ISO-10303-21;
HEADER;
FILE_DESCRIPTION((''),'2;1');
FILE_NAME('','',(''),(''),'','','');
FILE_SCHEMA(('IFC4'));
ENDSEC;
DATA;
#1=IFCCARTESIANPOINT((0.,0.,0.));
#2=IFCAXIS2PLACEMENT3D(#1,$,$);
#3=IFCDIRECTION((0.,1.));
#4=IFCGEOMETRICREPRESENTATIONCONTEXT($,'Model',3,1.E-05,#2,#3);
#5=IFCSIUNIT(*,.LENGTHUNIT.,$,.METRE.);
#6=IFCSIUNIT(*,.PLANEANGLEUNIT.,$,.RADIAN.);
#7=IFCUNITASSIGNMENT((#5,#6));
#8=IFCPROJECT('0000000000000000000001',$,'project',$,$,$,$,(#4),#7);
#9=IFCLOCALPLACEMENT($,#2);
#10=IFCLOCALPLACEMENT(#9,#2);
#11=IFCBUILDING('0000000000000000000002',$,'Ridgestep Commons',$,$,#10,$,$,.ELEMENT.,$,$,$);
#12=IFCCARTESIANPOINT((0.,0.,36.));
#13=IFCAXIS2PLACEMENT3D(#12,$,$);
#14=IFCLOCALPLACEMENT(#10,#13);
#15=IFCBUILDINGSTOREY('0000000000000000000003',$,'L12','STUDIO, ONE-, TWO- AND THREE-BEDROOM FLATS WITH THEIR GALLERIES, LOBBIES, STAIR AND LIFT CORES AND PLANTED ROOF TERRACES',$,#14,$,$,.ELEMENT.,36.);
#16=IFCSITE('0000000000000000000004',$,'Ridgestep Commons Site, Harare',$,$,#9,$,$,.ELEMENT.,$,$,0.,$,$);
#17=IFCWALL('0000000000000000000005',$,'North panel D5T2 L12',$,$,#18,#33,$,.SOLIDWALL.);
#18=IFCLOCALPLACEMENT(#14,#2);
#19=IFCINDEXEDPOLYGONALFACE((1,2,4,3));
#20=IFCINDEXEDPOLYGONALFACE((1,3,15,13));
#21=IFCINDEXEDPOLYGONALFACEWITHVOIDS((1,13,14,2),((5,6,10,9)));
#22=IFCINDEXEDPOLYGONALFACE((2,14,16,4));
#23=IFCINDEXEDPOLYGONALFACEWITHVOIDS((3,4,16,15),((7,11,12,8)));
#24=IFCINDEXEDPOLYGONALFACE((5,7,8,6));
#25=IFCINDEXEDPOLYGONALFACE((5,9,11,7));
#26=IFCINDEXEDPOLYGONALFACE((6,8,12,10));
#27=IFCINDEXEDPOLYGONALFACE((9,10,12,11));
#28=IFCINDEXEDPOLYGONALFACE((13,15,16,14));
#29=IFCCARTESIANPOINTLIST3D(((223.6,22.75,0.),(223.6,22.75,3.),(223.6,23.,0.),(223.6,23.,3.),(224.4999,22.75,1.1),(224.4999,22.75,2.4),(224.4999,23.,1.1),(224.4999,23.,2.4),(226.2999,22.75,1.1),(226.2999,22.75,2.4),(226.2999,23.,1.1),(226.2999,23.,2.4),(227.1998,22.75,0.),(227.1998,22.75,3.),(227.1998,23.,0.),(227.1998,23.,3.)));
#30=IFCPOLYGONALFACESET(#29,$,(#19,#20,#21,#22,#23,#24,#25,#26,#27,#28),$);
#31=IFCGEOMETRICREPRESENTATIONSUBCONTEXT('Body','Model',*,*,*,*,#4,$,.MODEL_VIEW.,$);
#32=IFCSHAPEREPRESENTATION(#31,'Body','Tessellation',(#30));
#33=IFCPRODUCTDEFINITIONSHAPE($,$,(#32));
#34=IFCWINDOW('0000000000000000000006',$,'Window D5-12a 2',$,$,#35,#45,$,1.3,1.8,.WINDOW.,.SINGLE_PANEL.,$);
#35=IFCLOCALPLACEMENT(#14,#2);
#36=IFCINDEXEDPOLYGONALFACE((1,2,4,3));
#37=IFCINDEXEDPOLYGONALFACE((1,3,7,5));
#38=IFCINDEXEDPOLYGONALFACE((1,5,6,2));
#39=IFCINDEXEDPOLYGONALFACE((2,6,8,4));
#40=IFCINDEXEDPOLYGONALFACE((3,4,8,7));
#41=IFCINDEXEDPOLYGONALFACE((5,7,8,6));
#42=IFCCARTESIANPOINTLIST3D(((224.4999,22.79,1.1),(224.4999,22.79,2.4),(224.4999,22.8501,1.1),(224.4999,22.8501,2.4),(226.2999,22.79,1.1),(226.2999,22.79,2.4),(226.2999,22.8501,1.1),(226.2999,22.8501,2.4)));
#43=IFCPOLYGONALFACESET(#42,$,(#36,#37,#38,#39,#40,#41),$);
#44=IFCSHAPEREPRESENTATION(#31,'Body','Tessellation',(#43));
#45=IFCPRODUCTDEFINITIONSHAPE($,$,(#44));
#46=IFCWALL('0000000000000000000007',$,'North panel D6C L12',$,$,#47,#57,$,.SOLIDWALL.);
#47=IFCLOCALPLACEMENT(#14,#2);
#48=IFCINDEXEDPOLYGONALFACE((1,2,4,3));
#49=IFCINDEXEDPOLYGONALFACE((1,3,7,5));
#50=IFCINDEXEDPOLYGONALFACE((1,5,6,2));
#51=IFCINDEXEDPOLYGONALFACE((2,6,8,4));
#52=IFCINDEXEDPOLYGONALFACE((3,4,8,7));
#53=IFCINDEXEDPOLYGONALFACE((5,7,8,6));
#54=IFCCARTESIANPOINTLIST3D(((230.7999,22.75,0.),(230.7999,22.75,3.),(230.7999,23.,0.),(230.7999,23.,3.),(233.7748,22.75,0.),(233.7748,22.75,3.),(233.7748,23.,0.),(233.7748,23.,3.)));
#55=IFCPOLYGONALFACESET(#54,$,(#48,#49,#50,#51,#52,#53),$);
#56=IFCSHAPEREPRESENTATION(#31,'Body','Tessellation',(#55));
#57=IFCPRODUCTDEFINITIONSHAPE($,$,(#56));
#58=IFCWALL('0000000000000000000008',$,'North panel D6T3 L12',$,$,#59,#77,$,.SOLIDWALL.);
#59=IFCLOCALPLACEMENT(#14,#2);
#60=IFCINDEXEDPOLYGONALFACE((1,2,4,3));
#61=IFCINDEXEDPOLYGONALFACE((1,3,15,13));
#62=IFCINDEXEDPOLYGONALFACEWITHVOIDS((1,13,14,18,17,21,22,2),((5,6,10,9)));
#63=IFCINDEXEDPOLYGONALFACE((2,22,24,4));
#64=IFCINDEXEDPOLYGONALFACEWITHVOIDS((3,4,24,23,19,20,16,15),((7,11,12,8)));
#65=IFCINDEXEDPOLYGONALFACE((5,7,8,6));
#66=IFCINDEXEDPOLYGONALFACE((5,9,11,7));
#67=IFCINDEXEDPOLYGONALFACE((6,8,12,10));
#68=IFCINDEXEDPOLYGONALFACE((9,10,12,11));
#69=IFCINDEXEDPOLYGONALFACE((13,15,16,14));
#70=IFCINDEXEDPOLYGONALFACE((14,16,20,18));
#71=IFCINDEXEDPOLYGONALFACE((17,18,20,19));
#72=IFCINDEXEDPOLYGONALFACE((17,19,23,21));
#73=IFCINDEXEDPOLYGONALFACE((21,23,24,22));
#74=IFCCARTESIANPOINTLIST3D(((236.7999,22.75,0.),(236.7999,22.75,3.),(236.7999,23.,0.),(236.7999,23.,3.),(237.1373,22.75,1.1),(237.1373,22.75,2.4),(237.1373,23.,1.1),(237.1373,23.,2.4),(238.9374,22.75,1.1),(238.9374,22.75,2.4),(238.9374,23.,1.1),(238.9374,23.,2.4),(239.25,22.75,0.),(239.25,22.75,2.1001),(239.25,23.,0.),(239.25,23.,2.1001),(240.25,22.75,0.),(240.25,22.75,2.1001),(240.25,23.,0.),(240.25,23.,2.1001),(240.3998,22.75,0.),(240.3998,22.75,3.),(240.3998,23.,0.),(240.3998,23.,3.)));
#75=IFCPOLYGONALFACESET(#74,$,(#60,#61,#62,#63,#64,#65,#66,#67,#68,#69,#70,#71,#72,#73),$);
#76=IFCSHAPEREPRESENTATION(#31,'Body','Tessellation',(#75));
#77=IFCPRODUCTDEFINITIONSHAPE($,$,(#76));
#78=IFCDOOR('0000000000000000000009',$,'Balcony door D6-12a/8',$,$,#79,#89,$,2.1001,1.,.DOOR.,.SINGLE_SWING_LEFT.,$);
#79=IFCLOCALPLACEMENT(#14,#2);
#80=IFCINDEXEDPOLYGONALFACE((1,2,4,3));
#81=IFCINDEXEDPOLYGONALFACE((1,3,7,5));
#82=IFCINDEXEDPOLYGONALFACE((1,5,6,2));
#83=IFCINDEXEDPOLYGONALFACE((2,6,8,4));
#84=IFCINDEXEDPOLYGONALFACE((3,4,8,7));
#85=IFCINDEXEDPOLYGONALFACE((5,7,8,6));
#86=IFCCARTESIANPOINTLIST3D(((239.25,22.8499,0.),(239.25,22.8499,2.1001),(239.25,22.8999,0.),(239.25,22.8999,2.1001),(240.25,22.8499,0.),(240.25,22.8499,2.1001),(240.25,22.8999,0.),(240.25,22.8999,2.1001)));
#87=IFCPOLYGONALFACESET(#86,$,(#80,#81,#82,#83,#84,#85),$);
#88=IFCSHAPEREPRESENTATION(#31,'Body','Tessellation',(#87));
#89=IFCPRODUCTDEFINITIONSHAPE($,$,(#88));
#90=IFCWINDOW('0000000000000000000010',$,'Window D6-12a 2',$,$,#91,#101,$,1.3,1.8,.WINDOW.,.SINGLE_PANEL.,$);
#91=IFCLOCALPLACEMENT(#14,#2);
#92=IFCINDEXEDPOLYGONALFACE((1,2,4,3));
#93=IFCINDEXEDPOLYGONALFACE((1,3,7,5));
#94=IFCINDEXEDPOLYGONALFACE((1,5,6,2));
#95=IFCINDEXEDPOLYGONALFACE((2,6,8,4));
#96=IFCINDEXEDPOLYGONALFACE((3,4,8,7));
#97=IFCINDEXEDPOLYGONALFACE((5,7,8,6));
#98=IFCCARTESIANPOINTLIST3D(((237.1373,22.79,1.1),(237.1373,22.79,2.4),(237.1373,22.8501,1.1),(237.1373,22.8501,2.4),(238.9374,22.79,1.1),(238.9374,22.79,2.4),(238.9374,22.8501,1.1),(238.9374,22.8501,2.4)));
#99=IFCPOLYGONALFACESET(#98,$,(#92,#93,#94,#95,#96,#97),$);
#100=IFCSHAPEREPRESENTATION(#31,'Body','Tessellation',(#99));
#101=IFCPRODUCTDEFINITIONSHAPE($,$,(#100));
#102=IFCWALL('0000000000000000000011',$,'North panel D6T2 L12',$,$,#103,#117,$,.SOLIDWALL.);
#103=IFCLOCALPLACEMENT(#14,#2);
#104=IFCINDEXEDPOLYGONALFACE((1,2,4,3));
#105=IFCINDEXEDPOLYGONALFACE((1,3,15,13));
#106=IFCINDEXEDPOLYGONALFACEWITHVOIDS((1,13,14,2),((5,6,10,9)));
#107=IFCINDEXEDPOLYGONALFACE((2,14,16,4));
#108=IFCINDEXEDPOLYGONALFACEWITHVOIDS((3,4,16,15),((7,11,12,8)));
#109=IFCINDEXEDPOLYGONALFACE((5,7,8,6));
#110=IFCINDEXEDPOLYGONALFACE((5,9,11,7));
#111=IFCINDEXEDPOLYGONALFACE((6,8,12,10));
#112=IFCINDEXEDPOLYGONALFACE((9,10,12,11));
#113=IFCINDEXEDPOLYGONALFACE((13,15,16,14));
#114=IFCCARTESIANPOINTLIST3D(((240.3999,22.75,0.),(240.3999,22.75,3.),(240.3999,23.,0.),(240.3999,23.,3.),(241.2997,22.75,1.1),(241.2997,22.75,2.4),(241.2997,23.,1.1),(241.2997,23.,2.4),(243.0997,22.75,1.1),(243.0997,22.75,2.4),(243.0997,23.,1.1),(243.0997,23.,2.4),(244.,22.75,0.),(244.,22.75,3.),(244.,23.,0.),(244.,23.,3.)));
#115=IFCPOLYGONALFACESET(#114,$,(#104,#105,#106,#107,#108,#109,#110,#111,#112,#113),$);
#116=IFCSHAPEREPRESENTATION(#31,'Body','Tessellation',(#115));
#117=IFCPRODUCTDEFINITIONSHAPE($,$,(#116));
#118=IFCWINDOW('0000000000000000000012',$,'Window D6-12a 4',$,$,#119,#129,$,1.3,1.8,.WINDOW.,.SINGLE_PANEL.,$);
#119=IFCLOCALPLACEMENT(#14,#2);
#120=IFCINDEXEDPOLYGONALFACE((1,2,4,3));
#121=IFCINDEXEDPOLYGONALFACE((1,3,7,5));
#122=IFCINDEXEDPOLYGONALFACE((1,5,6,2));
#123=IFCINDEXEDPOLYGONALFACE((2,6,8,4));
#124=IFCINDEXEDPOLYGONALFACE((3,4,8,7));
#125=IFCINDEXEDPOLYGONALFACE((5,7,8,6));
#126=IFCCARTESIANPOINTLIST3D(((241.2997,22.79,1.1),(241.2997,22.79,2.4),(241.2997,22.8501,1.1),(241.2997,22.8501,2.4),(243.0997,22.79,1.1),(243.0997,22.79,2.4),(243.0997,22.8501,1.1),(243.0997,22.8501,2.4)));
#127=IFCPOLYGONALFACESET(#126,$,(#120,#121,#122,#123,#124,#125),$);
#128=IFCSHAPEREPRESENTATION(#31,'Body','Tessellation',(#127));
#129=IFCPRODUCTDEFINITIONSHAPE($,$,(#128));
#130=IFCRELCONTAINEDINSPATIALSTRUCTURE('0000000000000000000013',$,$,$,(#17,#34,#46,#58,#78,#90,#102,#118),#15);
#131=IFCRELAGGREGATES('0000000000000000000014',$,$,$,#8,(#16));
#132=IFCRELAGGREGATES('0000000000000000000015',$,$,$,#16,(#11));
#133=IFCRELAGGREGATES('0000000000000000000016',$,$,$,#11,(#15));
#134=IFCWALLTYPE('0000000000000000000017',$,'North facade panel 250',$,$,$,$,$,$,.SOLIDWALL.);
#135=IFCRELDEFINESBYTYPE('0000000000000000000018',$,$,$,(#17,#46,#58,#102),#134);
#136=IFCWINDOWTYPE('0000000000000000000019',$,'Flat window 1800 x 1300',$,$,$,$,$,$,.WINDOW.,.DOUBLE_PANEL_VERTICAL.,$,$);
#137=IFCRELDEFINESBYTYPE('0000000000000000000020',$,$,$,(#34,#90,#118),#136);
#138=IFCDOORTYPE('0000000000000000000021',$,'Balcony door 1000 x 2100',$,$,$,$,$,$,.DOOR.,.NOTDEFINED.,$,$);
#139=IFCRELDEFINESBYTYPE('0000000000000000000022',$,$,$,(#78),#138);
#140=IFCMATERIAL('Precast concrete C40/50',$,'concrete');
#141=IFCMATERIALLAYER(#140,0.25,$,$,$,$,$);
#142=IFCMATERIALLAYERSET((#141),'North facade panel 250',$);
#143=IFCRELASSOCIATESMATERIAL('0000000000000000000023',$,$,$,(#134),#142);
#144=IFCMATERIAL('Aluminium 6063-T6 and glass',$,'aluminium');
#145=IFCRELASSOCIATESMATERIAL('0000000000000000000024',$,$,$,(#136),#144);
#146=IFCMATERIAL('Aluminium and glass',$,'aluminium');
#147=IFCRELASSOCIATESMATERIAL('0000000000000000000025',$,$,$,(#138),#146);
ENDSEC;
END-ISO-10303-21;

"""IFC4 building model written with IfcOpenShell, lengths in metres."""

from ifc_helpers import new_model, si_unit, direction, frame, frame_2d, origin, place, context, subcontext, project, spatial, rectangle, extrude, material, layer, layer_set, type_object, element, fill, save


model = new_model("IFC4")

# Units and contexts
model_context = context("Model", 3, precision=1e-05, world=origin(), true_north=direction((0.0, 1.0)))
body_context = subcontext(model_context, "Body", "Model", "MODEL_VIEW")
ifc_project = project(units=[si_unit("LENGTHUNIT", "METRE"), si_unit("PLANEANGLEUNIT", "RADIAN")], contexts=[model_context])

# Site, building, storey
site_placement = place(None, origin())
site = spatial("IfcSite", under=ifc_project, at=site_placement, Name="Ridgestep Commons Site, Harare", CompositionType="ELEMENT", RefElevation=0.0)
building_placement = place(site_placement, origin())
building = spatial("IfcBuilding", under=site, at=building_placement, Name="Ridgestep Commons", CompositionType="ELEMENT")
storey_placement = place(building_placement, frame((0.0, 0.0, 36.0)))
storey = spatial("IfcBuildingStorey", under=building, at=storey_placement, Name="L12", Description="STUDIO, ONE-, TWO- AND THREE-BEDROOM FLATS WITH THEIR GALLERIES, LOBBIES, STAIR AND LIFT CORES AND PLANTED ROOF TERRACES", CompositionType="ELEMENT", Elevation=36.0)

# Shared definitions
ifc_material_1 = material(Name="Precast concrete C40/50", Category="concrete")
ifc_layer_1 = layer(ifc_material_1, 0.25)
ifc_layer_set_1 = layer_set([ifc_layer_1], Name="North facade panel 250")
wall_type_1 = type_object("IfcWallType", Name="North facade panel 250", PredefinedType="SOLIDWALL", material=ifc_layer_set_1)
ifc_material_2 = material(Name="Aluminium 6063-T6 and glass", Category="aluminium")
window_type_1 = type_object("IfcWindowType", Name="Flat window 1800 x 1300", PartitioningType="DOUBLE_PANEL_VERTICAL", PredefinedType="WINDOW", material=ifc_material_2)

# Shared definitions
ifc_material_3 = material(Name="Aluminium and glass", Category="aluminium")
door_type = type_object("IfcDoorType", Name="Balcony door 1000 x 2100", OperationType="NOTDEFINED", PredefinedType="DOOR", material=ifc_material_3)

# Wall, opening, window
wall_1_placement = place(storey_placement, frame((223.6001, 22.875, 0.0), z_axis=(0.0, 0.0, 1.0), x_axis=(1.0, 0.0, 0.0)))
wall_1 = element("IfcWall", 1, at=wall_1_placement, inside=storey, type_object=wall_type_1, Name="North panel D5T2 L12", PredefinedType="SOLIDWALL", context=body_context, shape_type="SweptSolid", body=[
    extrude(rectangle(XDim=3.5999, YDim=0.25, at=frame_2d((1.7998, 0.0))), origin(), (0.0, 0.0, 1.0), 3.0),
])
opening_1_placement = place(wall_1_placement, frame((0.8999, 0.0, 1.1001)))
opening_1 = element("IfcOpeningElement", 2, at=opening_1_placement, cuts=wall_1, PredefinedType="OPENING", context=body_context, shape_type="SweptSolid", body=[
    extrude(rectangle(XDim=1.8, YDim=1.3, at=frame_2d((0.8999, 0.6499))), frame((0.0, 0.135, 0.0), z_axis=(0.0, -1.0, 0.0), x_axis=(1.0, 0.0, 0.0)), (0.0, 0.0, 1.0), 0.27),
])
window_1_placement = place(opening_1_placement, origin())
window_1 = element("IfcWindow", 3, at=window_1_placement, inside=storey, type_object=window_type_1, Name="Window D5-12a 2", OverallHeight=1.3, OverallWidth=1.8, PartitioningType="SINGLE_PANEL", PredefinedType="WINDOW", context=body_context, shape_type="SweptSolid", body=[
    extrude(rectangle(XDim=1.8, YDim=1.3, at=frame_2d((0.8999, 0.6499))), frame((0.0, -0.0249, 0.0), z_axis=(0.0, -1.0, 0.0), x_axis=(1.0, 0.0, 0.0)), (0.0, 0.0, 1.0), 0.0601),
])
fill(opening_1, window_1)

# Wall
wall_2_placement = place(storey_placement, frame((230.8, 22.875, 0.0), z_axis=(0.0, 0.0, 1.0), x_axis=(1.0, 0.0, 0.0)))
element("IfcWall", 4, at=wall_2_placement, inside=storey, type_object=wall_type_1, Name="North panel D6C L12", PredefinedType="SOLIDWALL", context=body_context, shape_type="SweptSolid", body=[
    extrude(rectangle(XDim=2.9749, YDim=0.25, at=frame_2d((1.4873, 0.0))), origin(), (0.0, 0.0, 1.0), 3.0),
])

# Wall, openings, door, window
wall_3_placement = place(storey_placement, frame((236.8, 22.875, 0.0), z_axis=(0.0, 0.0, 1.0), x_axis=(1.0, 0.0, 0.0)))
wall_3 = element("IfcWall", 5, at=wall_3_placement, inside=storey, type_object=wall_type_1, Name="North panel D6T3 L12", PredefinedType="SOLIDWALL", context=body_context, shape_type="SweptSolid", body=[
    extrude(rectangle(XDim=3.5999, YDim=0.25, at=frame_2d((1.7998, 0.0))), origin(), (0.0, 0.0, 1.0), 3.0),
])
opening_2_placement = place(wall_3_placement, frame((0.3374, 0.0, 1.1001)))
opening_2 = element("IfcOpeningElement", 6, at=opening_2_placement, cuts=wall_3, PredefinedType="OPENING", context=body_context, shape_type="SweptSolid", body=[
    extrude(rectangle(XDim=1.8, YDim=1.3, at=frame_2d((0.8999, 0.6499))), frame((0.0, 0.135, 0.0), z_axis=(0.0, -1.0, 0.0), x_axis=(1.0, 0.0, 0.0)), (0.0, 0.0, 1.0), 0.27),
])
opening_3_placement = place(wall_3_placement, frame((2.45, 0.0, 0.0)))
opening_3 = element("IfcOpeningElement", 7, at=opening_3_placement, cuts=wall_3, PredefinedType="OPENING", context=body_context, shape_type="SweptSolid", body=[
    extrude(rectangle(XDim=1.0, YDim=2.1001, at=frame_2d((0.5, 1.05))), frame((0.0, 0.135, 0.0), z_axis=(0.0, -1.0, 0.0), x_axis=(1.0, 0.0, 0.0)), (0.0, 0.0, 1.0), 0.27),
])
door_1_placement = place(opening_3_placement, origin())
door_1 = element("IfcDoor", 8, at=door_1_placement, inside=storey, type_object=door_type, Name="Balcony door D6-12a/8", OperationType="SINGLE_SWING_LEFT", OverallHeight=2.1001, OverallWidth=1.0, PredefinedType="DOOR", context=body_context, shape_type="SweptSolid", body=[
    extrude(rectangle(XDim=1.0, YDim=2.1001, at=frame_2d((0.5, 1.05))), frame((0.0, 0.0249, 0.0), z_axis=(0.0, -1.0, 0.0), x_axis=(1.0, 0.0, 0.0)), (0.0, 0.0, 1.0), 0.05),
])
fill(opening_3, door_1)
window_2_placement = place(opening_2_placement, origin())
window_2 = element("IfcWindow", 9, at=window_2_placement, inside=storey, type_object=window_type_1, Name="Window D6-12a 2", OverallHeight=1.3, OverallWidth=1.8, PartitioningType="SINGLE_PANEL", PredefinedType="WINDOW", context=body_context, shape_type="SweptSolid", body=[
    extrude(rectangle(XDim=1.8, YDim=1.3, at=frame_2d((0.8999, 0.6499))), frame((0.0, -0.0249, 0.0), z_axis=(0.0, -1.0, 0.0), x_axis=(1.0, 0.0, 0.0)), (0.0, 0.0, 1.0), 0.0601),
])
fill(opening_2, window_2)

# Wall, opening, window
wall_4_placement = place(storey_placement, frame((240.3999, 22.875, 0.0), z_axis=(0.0, 0.0, 1.0), x_axis=(1.0, 0.0, 0.0)))
wall_4 = element("IfcWall", 10, at=wall_4_placement, inside=storey, type_object=wall_type_1, Name="North panel D6T2 L12", PredefinedType="SOLIDWALL", context=body_context, shape_type="SweptSolid", body=[
    extrude(rectangle(XDim=3.6001, YDim=0.25, at=frame_2d((1.8, 0.0))), origin(), (0.0, 0.0, 1.0), 3.0),
])
opening_4_placement = place(wall_4_placement, frame((0.8999, 0.0, 1.1001)))
opening_4 = element("IfcOpeningElement", 11, at=opening_4_placement, cuts=wall_4, PredefinedType="OPENING", context=body_context, shape_type="SweptSolid", body=[
    extrude(rectangle(XDim=1.8, YDim=1.3, at=frame_2d((0.8999, 0.6499))), frame((0.0, 0.135, 0.0), z_axis=(0.0, -1.0, 0.0), x_axis=(1.0, 0.0, 0.0)), (0.0, 0.0, 1.0), 0.27),
])
window_3_placement = place(opening_4_placement, origin())
window_3 = element("IfcWindow", 12, at=window_3_placement, inside=storey, type_object=window_type_1, Name="Window D6-12a 4", OverallHeight=1.3, OverallWidth=1.8, PartitioningType="SINGLE_PANEL", PredefinedType="WINDOW", context=body_context, shape_type="SweptSolid", body=[
    extrude(rectangle(XDim=1.8, YDim=1.3, at=frame_2d((0.8999, 0.6499))), frame((0.0, -0.0249, 0.0), z_axis=(0.0, -1.0, 0.0), x_axis=(1.0, 0.0, 0.0)), (0.0, 0.0, 1.0), 0.0601),
])
fill(opening_4, window_3)

save(model, "model.ifc")
